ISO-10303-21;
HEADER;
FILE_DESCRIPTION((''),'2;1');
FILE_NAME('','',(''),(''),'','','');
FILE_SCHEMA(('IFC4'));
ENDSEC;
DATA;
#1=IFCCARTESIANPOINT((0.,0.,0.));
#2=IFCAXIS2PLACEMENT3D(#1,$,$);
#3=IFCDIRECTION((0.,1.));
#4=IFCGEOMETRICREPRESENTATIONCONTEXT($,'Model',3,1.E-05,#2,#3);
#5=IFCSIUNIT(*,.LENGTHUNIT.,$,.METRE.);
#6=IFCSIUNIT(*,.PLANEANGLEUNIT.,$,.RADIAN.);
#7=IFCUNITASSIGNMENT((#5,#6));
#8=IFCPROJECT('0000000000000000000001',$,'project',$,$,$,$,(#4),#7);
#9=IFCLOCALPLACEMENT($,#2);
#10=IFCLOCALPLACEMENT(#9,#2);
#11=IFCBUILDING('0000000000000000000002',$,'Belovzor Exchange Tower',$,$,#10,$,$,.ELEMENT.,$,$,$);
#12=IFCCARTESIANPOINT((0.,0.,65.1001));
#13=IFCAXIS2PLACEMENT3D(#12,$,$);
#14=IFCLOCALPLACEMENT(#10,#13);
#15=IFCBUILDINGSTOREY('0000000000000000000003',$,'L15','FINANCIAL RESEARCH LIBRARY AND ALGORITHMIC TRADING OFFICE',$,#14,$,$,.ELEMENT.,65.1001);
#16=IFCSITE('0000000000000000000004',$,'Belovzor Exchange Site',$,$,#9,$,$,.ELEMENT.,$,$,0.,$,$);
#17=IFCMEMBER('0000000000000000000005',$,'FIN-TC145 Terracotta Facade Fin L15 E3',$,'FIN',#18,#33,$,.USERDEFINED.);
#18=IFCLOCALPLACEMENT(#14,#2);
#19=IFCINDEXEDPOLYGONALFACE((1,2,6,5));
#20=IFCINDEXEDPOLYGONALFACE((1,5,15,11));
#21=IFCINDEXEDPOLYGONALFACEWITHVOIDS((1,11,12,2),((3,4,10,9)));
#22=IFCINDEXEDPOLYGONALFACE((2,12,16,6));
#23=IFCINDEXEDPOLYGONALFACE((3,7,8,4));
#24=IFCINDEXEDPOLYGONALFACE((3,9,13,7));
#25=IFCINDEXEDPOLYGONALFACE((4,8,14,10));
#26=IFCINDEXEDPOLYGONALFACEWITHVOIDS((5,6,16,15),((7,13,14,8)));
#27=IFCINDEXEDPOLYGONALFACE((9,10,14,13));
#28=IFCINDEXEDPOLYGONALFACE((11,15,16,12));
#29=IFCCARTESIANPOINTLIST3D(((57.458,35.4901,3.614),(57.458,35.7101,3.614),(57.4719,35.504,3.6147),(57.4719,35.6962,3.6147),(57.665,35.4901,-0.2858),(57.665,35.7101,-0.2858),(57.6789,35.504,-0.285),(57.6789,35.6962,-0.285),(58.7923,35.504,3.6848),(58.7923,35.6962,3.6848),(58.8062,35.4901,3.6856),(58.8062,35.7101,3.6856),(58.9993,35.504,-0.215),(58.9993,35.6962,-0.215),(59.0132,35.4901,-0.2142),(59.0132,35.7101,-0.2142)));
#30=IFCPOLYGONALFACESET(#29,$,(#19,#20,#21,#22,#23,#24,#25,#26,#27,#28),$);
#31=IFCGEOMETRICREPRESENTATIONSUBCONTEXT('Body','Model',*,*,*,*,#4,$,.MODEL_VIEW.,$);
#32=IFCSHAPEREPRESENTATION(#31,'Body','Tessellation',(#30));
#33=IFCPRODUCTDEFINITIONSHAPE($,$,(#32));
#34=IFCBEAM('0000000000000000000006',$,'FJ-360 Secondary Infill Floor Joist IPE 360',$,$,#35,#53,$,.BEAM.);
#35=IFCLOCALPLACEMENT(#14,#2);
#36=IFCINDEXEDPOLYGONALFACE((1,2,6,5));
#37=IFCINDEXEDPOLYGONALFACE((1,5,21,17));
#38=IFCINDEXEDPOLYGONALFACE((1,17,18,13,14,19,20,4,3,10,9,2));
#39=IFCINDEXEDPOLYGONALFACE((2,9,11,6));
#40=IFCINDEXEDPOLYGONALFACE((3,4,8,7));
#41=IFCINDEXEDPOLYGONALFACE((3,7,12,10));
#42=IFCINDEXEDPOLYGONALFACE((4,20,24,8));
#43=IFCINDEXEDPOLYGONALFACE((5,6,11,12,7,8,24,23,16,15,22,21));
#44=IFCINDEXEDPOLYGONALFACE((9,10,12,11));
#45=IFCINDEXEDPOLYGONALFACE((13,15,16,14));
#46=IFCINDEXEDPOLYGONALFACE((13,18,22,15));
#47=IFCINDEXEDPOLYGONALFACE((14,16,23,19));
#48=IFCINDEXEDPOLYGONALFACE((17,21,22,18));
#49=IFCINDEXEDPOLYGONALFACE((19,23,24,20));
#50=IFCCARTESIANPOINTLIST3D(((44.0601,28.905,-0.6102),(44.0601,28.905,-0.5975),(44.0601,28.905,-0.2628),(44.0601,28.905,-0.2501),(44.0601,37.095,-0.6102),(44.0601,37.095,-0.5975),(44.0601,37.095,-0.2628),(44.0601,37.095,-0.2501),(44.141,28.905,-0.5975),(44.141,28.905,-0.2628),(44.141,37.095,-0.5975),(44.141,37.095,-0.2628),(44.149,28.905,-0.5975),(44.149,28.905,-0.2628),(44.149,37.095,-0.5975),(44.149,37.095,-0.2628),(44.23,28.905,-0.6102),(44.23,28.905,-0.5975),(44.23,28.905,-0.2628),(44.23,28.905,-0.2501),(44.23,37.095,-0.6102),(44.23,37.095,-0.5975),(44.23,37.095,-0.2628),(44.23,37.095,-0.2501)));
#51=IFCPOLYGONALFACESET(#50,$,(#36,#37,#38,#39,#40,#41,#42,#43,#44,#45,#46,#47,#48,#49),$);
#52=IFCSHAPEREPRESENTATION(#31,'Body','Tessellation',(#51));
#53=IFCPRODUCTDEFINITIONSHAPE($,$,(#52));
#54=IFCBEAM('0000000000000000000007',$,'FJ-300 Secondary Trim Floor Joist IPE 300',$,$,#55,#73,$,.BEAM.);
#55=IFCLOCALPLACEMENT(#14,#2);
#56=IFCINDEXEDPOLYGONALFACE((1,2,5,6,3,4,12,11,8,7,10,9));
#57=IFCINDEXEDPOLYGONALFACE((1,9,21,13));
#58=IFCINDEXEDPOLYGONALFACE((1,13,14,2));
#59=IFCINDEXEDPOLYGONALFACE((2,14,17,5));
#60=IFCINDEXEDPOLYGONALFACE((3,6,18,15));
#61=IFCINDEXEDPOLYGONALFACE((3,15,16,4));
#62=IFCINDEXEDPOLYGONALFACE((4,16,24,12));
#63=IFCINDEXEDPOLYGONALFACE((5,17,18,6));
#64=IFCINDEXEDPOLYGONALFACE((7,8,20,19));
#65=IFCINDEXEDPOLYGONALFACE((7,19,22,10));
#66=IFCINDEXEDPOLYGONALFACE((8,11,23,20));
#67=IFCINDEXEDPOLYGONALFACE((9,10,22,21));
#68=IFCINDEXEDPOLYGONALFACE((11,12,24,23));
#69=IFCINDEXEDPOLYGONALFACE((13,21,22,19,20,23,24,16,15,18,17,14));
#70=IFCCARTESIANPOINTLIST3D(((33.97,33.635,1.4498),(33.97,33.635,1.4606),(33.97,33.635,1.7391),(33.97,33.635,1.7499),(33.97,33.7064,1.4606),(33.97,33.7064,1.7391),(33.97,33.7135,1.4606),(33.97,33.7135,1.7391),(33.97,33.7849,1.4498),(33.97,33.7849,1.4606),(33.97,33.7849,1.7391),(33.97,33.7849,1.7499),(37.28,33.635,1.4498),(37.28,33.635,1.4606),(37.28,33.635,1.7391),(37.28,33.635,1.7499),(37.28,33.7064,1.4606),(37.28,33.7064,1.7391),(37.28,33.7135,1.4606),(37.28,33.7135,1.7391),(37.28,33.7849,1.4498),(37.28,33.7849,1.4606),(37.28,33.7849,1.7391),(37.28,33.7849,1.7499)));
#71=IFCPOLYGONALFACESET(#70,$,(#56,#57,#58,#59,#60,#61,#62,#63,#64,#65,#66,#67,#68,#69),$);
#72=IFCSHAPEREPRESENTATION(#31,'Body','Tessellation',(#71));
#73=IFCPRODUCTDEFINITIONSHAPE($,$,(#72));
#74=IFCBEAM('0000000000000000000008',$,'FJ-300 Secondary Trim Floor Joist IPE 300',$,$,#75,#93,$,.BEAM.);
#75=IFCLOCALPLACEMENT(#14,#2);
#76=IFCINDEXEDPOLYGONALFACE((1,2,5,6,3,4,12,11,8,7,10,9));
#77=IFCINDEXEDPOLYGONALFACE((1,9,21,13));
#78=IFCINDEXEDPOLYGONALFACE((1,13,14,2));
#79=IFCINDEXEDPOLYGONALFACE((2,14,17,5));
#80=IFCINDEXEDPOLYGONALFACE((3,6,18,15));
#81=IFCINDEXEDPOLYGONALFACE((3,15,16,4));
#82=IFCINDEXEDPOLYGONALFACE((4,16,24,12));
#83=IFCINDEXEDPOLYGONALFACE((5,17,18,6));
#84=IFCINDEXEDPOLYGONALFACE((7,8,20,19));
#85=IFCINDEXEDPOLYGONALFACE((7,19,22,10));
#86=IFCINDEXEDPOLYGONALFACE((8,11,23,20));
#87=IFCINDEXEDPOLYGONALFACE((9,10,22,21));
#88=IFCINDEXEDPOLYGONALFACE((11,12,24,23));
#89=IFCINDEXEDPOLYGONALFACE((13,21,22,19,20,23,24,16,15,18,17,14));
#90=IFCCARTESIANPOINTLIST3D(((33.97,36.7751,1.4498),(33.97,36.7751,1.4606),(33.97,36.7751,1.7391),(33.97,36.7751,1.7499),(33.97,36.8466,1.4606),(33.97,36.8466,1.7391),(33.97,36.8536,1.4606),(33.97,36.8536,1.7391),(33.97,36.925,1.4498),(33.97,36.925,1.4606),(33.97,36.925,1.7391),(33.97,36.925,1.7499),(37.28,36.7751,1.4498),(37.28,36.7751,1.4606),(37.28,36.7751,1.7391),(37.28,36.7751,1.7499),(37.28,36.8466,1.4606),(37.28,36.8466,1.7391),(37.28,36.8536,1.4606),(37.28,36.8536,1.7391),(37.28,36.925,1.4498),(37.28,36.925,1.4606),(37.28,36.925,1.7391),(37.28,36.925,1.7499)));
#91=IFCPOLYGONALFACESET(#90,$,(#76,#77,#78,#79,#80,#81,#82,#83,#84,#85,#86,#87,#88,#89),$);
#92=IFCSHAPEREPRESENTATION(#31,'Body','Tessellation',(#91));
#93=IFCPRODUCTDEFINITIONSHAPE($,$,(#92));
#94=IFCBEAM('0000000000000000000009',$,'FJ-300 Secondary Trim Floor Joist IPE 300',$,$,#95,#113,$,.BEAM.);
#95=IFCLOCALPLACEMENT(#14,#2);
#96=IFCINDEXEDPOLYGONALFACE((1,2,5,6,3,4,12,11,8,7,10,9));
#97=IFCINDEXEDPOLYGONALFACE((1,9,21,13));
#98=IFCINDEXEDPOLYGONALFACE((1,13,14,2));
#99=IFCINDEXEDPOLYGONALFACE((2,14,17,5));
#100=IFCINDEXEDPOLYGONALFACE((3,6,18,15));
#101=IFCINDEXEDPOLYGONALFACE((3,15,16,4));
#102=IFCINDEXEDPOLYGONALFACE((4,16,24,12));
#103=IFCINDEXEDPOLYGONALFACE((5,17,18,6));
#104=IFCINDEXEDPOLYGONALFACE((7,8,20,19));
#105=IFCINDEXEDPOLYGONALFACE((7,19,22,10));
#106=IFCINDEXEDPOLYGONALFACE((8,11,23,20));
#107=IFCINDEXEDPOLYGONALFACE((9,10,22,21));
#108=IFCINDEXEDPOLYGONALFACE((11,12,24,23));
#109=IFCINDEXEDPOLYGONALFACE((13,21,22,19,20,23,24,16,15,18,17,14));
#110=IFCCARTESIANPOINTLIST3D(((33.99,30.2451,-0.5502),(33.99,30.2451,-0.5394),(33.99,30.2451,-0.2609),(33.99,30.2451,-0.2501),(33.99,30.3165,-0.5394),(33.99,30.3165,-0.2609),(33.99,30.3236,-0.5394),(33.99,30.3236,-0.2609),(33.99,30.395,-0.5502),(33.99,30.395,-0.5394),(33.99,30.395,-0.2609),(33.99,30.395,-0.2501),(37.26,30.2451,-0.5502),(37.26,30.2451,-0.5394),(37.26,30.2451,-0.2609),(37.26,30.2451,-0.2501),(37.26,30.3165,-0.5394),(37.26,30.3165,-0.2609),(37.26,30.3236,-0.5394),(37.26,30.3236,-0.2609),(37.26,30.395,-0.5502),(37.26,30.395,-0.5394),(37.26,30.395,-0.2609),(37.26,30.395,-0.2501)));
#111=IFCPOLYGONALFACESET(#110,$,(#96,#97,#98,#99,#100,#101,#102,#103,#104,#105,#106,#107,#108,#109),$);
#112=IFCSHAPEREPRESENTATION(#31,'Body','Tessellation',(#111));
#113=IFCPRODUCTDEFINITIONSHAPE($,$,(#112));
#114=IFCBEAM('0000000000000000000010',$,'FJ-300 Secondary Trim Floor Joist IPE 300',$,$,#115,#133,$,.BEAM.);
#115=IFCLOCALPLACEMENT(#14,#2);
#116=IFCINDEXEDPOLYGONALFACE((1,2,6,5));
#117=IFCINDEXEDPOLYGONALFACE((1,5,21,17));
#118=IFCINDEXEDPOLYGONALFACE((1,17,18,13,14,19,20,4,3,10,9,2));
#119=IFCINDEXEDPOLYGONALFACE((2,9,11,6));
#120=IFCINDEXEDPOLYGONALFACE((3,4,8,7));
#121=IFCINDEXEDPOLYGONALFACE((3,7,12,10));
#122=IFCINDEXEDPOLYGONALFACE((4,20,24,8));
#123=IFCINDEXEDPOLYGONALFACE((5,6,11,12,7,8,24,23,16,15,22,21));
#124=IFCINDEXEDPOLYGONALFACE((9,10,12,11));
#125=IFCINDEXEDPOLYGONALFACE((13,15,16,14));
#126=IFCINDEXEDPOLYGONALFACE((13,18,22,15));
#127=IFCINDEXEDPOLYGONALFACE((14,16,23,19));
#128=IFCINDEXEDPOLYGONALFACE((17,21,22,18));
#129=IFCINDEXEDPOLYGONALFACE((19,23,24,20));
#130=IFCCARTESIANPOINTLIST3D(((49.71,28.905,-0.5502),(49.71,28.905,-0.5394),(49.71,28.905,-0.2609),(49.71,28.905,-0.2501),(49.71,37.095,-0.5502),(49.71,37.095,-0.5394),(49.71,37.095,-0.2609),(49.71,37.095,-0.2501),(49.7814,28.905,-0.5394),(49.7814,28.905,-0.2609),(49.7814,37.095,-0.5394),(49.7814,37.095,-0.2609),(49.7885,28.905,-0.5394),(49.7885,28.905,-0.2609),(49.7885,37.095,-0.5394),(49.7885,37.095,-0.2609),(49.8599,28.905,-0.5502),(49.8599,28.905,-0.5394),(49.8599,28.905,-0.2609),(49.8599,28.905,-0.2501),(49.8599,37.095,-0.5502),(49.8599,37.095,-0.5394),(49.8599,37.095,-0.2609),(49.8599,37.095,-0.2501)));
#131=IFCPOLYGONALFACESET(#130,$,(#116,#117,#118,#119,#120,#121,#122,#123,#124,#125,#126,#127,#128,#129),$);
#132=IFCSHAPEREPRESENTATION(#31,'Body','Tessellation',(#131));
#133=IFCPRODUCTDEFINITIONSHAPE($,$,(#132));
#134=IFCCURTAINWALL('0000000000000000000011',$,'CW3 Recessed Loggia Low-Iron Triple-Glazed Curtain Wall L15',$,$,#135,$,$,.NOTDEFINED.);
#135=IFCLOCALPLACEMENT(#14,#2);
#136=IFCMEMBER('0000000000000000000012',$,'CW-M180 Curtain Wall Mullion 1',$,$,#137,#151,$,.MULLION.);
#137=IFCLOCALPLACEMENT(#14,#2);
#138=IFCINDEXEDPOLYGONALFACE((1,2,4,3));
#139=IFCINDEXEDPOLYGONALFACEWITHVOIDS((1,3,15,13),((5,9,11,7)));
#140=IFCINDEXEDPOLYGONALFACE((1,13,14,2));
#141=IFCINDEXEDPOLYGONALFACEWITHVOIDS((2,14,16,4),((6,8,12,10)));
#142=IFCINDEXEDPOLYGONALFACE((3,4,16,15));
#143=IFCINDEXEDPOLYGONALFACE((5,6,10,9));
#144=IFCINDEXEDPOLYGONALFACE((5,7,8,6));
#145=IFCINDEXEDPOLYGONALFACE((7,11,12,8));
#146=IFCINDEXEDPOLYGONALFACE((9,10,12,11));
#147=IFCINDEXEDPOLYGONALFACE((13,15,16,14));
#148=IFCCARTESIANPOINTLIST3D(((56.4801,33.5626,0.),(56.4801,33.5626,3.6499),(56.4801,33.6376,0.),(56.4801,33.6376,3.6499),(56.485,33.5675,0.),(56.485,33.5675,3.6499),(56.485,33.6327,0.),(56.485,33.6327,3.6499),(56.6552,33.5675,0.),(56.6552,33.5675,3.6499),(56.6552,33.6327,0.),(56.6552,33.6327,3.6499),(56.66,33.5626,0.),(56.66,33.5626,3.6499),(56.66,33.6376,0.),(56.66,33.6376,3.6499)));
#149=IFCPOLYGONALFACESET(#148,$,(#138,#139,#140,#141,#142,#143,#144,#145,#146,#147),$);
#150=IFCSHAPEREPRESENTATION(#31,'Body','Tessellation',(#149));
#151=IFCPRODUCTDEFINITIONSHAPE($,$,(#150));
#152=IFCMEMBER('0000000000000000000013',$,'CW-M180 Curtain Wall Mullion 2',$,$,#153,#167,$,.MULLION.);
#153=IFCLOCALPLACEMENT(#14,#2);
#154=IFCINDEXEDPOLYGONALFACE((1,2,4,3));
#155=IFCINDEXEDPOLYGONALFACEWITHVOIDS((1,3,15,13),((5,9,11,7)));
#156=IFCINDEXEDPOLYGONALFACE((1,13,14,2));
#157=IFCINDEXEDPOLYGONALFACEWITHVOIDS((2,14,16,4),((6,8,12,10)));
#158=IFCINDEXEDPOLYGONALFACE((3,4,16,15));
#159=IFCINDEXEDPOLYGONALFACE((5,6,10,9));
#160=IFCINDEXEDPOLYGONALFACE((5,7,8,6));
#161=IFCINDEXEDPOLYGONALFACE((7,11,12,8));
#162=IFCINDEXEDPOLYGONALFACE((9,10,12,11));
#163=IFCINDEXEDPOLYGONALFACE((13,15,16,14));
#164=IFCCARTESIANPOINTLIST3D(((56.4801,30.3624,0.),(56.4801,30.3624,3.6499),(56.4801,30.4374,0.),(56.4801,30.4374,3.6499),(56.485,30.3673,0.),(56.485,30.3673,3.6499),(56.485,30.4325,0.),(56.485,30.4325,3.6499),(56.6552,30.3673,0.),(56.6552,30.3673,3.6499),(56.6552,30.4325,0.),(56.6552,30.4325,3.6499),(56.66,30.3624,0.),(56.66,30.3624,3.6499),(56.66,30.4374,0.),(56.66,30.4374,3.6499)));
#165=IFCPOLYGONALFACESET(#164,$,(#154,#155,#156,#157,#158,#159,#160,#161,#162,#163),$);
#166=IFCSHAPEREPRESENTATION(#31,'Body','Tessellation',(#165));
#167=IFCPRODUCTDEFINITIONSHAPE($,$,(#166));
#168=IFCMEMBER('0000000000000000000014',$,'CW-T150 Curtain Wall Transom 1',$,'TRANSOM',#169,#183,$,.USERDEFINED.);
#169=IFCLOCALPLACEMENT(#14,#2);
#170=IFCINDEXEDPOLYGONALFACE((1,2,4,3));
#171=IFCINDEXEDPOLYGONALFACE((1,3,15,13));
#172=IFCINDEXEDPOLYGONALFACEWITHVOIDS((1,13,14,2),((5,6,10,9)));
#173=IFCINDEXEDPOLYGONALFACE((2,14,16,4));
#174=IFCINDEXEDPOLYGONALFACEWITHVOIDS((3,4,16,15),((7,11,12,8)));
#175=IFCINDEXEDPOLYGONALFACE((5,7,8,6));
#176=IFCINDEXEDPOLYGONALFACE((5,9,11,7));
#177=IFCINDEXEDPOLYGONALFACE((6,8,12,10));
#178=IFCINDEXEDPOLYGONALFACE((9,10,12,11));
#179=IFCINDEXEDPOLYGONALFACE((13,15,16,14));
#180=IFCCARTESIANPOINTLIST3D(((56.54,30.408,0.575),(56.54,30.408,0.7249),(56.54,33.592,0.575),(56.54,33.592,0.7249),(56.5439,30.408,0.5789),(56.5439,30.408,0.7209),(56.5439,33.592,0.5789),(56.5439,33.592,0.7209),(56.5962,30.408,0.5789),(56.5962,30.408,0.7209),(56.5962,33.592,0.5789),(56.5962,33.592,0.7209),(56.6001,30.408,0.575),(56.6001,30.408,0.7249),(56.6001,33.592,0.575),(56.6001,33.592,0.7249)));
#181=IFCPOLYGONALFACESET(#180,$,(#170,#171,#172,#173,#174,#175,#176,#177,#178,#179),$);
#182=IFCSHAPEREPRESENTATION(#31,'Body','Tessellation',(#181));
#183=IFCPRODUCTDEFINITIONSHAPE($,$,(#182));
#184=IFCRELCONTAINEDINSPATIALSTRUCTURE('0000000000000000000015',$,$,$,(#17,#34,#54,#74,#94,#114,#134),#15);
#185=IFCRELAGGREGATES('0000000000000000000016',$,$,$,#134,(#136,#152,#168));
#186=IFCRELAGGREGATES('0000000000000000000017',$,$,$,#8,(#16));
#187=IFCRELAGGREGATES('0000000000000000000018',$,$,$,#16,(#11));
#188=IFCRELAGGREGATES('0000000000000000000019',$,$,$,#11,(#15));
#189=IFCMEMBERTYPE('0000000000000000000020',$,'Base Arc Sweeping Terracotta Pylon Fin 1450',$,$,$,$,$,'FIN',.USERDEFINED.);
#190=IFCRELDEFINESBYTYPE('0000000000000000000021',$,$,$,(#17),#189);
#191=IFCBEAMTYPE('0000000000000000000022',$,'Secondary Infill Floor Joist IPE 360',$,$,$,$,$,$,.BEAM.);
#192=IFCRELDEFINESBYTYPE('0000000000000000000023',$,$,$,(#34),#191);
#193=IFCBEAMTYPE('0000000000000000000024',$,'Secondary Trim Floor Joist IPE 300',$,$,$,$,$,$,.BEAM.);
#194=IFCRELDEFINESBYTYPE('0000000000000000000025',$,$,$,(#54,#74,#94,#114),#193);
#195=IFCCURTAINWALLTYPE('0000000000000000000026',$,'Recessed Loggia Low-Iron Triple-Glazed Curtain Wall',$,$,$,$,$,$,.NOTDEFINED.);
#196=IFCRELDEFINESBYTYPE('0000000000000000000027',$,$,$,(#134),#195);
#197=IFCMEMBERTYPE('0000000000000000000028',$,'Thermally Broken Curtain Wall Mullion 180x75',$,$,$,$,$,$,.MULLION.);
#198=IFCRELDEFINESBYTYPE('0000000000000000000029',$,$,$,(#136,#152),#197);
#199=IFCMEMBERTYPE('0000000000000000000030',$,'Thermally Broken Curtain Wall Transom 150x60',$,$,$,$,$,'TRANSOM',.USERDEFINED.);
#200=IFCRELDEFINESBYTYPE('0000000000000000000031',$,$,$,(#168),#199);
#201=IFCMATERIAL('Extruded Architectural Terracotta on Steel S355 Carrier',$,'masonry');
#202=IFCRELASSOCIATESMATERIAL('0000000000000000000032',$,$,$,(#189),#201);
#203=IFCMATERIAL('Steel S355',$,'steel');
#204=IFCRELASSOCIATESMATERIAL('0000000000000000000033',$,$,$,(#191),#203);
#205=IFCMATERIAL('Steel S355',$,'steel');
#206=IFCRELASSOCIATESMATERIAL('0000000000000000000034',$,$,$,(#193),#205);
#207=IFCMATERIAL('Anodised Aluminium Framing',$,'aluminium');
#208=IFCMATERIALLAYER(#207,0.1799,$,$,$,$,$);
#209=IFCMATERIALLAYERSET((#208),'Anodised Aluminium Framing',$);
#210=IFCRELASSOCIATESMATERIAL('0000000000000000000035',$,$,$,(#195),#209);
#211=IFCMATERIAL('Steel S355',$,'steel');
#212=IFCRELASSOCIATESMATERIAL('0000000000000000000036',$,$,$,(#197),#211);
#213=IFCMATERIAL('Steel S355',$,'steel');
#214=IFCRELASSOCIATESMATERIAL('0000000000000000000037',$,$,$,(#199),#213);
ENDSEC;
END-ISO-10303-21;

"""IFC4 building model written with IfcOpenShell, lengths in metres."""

from ifc_helpers import new_model, si_unit, direction, frame, origin, origin_2d, place, context, subcontext, project, spatial, hollow_rectangle, i_section, extrude, material, layer, layer_set, material_profile, profile_set, type_object, element, aggregate, save


model = new_model("IFC4")

# Units and contexts
model_context = context("Model", 3, precision=1e-05, world=origin(), true_north=direction((0.0, 1.0)))
body_context = subcontext(model_context, "Body", "Model", "MODEL_VIEW")
ifc_project = project(units=[si_unit("LENGTHUNIT", "METRE"), si_unit("PLANEANGLEUNIT", "RADIAN")], contexts=[model_context])

# Site, building, storey
site_placement = place(None, origin())
site = spatial("IfcSite", under=ifc_project, at=site_placement, Name="Belovzor Exchange Site", CompositionType="ELEMENT", RefElevation=0.0)
building_placement = place(site_placement, origin())
building = spatial("IfcBuilding", under=site, at=building_placement, Name="Belovzor Exchange Tower", CompositionType="ELEMENT")
storey_placement = place(building_placement, frame((0.0, 0.0, 65.1001)))
storey = spatial("IfcBuildingStorey", under=building, at=storey_placement, Name="L15", Description="FINANCIAL RESEARCH LIBRARY AND ALGORITHMIC TRADING OFFICE", CompositionType="ELEMENT", Elevation=65.1001)

# Member
ifc_material_1 = material(Name="Extruded Architectural Terracotta on Steel S355 Carrier", Category="masonry")
ifc_material_profile_1 = material_profile(ifc_material_1, hollow_rectangle(XDim=0.22, YDim=1.3501, WallThickness=0.0139, at=origin_2d()))
ifc_profile_set_1 = profile_set([ifc_material_profile_1], Name="Extruded Architectural Terracotta on Steel S355 Carrier")
member_type_1 = type_object("IfcMemberType", Name="Base Arc Sweeping Terracotta Pylon Fin 1450", ElementType="FIN", PredefinedType="USERDEFINED", material=ifc_profile_set_1)
member_1_placement = place(storey_placement, frame((58.3391, 35.6001, -0.25), z_axis=(-0.053012, 0.0, 0.998594), x_axis=(0.0, -1.0, 0.0)))
element("IfcMember", 1, at=member_1_placement, inside=storey, type_object=member_type_1, Name="FIN-TC145 Terracotta Facade Fin L15 E3", ObjectType="FIN", PredefinedType="USERDEFINED", context=body_context, shape_type="SweptSolid", body=[
    extrude(hollow_rectangle(XDim=0.22, YDim=1.3501, WallThickness=0.0139, at=origin_2d()), origin(), (0.0, 0.0, 1.0), 3.9053),
])

# Beams
ifc_material_2 = material(Name="Steel S355", Category="steel")
ifc_material_profile_2 = material_profile(ifc_material_2, i_section(OverallWidth=0.1699, OverallDepth=0.3601, WebThickness=0.0081, FlangeThickness=0.0127, at=origin_2d()))
ifc_profile_set_2 = profile_set([ifc_material_profile_2], Name="Steel S355")
beam_type_1 = type_object("IfcBeamType", Name="Secondary Infill Floor Joist IPE 360", PredefinedType="BEAM", material=ifc_profile_set_2)
beam_1_placement = place(storey_placement, frame((44.145, 28.905, -0.4302), z_axis=(0.0, 1.0, 0.0), x_axis=(-1.0, 0.0, 0.0)))
element("IfcBeam", 2, at=beam_1_placement, inside=storey, type_object=beam_type_1, Name="FJ-360 Secondary Infill Floor Joist IPE 360", PredefinedType="BEAM", context=body_context, shape_type="SweptSolid", body=[
    extrude(i_section(OverallWidth=0.1699, OverallDepth=0.3601, WebThickness=0.0081, FlangeThickness=0.0127, at=origin_2d()), origin(), (0.0, 0.0, 1.0), 8.1899),
])
ifc_material_3 = material(Name="Steel S355", Category="steel")
ifc_material_profile_3 = material_profile(ifc_material_3, i_section(OverallWidth=0.1499, OverallDepth=0.3, WebThickness=0.0071, FlangeThickness=0.0107, at=origin_2d()))
ifc_profile_set_3 = profile_set([ifc_material_profile_3], Name="Steel S355")
beam_type_2 = type_object("IfcBeamType", Name="Secondary Trim Floor Joist IPE 300", PredefinedType="BEAM", material=ifc_profile_set_3)
for number, where, z_axis, x_axis, name in (
    (3, (37.28, 33.71, 1.5999), (-1.0, 0.0, 0.0), (0.0, -1.0, 0.0), "FJ-300 Secondary Trim Floor Joist IPE 300"),
    (4, (37.28, 36.8501, 1.5999), (-1.0, 0.0, 0.0), (0.0, -1.0, 0.0), "FJ-300 Secondary Trim Floor Joist IPE 300"),
):
    element("IfcBeam", number, at=place(storey_placement, frame(where, z_axis=z_axis, x_axis=x_axis)), inside=storey, type_object=beam_type_2, Name=name, PredefinedType="BEAM", context=body_context, shape_type="SweptSolid", body=[
        extrude(i_section(OverallWidth=0.1499, OverallDepth=0.3, WebThickness=0.0071, FlangeThickness=0.0107, at=origin_2d()), origin(), (0.0, 0.0, 1.0), 3.3101),
    ])
beam_2_placement = place(storey_placement, frame((37.26, 30.3201, -0.4001), z_axis=(-1.0, 0.0, 0.0), x_axis=(0.0, -1.0, 0.0)))
element("IfcBeam", 5, at=beam_2_placement, inside=storey, type_object=beam_type_2, Name="FJ-300 Secondary Trim Floor Joist IPE 300", PredefinedType="BEAM", context=body_context, shape_type="SweptSolid", body=[
    extrude(i_section(OverallWidth=0.1499, OverallDepth=0.3, WebThickness=0.0071, FlangeThickness=0.0107, at=origin_2d()), origin(), (0.0, 0.0, 1.0), 3.27),
])
beam_3_placement = place(storey_placement, frame((49.7849, 28.905, -0.4001), z_axis=(0.0, 1.0, 0.0), x_axis=(-1.0, 0.0, 0.0)))
element("IfcBeam", 6, at=beam_3_placement, inside=storey, type_object=beam_type_2, Name="FJ-300 Secondary Trim Floor Joist IPE 300", PredefinedType="BEAM", context=body_context, shape_type="SweptSolid", body=[
    extrude(i_section(OverallWidth=0.1499, OverallDepth=0.3, WebThickness=0.0071, FlangeThickness=0.0107, at=origin_2d()), origin(), (0.0, 0.0, 1.0), 8.1899),
])

# Curtain wall, members
ifc_material_4 = material(Name="Anodised Aluminium Framing", Category="aluminium")
ifc_layer_1 = layer(ifc_material_4, 0.1799)
ifc_layer_set_1 = layer_set([ifc_layer_1], Name="Anodised Aluminium Framing")
curtain_wall_type = type_object("IfcCurtainWallType", Name="Recessed Loggia Low-Iron Triple-Glazed Curtain Wall", PredefinedType="NOTDEFINED", material=ifc_layer_set_1)
curtain_wall_placement = place(storey_placement, origin())
curtain_wall = element("IfcCurtainWall", 7, at=curtain_wall_placement, inside=storey, type_object=curtain_wall_type, Name="CW3 Recessed Loggia Low-Iron Triple-Glazed Curtain Wall L15", PredefinedType="NOTDEFINED")
ifc_material_5 = material(Name="Steel S355", Category="steel")
ifc_material_profile_4 = material_profile(ifc_material_5, hollow_rectangle(XDim=0.075, YDim=0.1799, WallThickness=0.0049, at=origin_2d()))
ifc_profile_set_4 = profile_set([ifc_material_profile_4], Name="Steel S355")
member_type_2 = type_object("IfcMemberType", Name="Thermally Broken Curtain Wall Mullion 180x75", PredefinedType="MULLION", material=ifc_profile_set_4)
member_2_placement = place(storey_placement, frame((56.5701, 33.6001, 0.0), z_axis=(0.0, 0.0, 1.0), x_axis=(0.0, -1.0, 0.0)))
member_2 = element("IfcMember", 8, at=member_2_placement, type_object=member_type_2, Name="CW-M180 Curtain Wall Mullion 1", PredefinedType="MULLION", context=body_context, shape_type="SweptSolid", body=[
    extrude(hollow_rectangle(XDim=0.075, YDim=0.1799, WallThickness=0.0049, at=origin_2d()), origin(), (0.0, 0.0, 1.0), 3.6499),
])
member_3_placement = place(storey_placement, frame((56.5701, 30.3999, 0.0), z_axis=(0.0, 0.0, 1.0), x_axis=(0.0, -1.0, 0.0)))
member_3 = element("IfcMember", 9, at=member_3_placement, type_object=member_type_2, Name="CW-M180 Curtain Wall Mullion 2", PredefinedType="MULLION", context=body_context, shape_type="SweptSolid", body=[
    extrude(hollow_rectangle(XDim=0.075, YDim=0.1799, WallThickness=0.0049, at=origin_2d()), origin(), (0.0, 0.0, 1.0), 3.6499),
])
ifc_material_6 = material(Name="Steel S355", Category="steel")
ifc_material_profile_5 = material_profile(ifc_material_6, hollow_rectangle(XDim=0.0601, YDim=0.1499, WallThickness=0.0039, at=origin_2d()))
ifc_profile_set_5 = profile_set([ifc_material_profile_5], Name="Steel S355")
member_type_3 = type_object("IfcMemberType", Name="Thermally Broken Curtain Wall Transom 150x60", ElementType="TRANSOM", PredefinedType="USERDEFINED", material=ifc_profile_set_5)
member_4_placement = place(storey_placement, frame((56.5701, 33.592, 0.6499), z_axis=(0.0, -1.0, 0.0), x_axis=(1.0, 0.0, 0.0)))
member_4 = element("IfcMember", 10, at=member_4_placement, type_object=member_type_3, Name="CW-T150 Curtain Wall Transom 1", ObjectType="TRANSOM", PredefinedType="USERDEFINED", context=body_context, shape_type="SweptSolid", body=[
    extrude(hollow_rectangle(XDim=0.0601, YDim=0.1499, WallThickness=0.0039, at=origin_2d()), origin(), (0.0, 0.0, 1.0), 3.1841),
])

aggregate(curtain_wall, [member_2, member_3, member_4])

save(model, "model.ifc")
